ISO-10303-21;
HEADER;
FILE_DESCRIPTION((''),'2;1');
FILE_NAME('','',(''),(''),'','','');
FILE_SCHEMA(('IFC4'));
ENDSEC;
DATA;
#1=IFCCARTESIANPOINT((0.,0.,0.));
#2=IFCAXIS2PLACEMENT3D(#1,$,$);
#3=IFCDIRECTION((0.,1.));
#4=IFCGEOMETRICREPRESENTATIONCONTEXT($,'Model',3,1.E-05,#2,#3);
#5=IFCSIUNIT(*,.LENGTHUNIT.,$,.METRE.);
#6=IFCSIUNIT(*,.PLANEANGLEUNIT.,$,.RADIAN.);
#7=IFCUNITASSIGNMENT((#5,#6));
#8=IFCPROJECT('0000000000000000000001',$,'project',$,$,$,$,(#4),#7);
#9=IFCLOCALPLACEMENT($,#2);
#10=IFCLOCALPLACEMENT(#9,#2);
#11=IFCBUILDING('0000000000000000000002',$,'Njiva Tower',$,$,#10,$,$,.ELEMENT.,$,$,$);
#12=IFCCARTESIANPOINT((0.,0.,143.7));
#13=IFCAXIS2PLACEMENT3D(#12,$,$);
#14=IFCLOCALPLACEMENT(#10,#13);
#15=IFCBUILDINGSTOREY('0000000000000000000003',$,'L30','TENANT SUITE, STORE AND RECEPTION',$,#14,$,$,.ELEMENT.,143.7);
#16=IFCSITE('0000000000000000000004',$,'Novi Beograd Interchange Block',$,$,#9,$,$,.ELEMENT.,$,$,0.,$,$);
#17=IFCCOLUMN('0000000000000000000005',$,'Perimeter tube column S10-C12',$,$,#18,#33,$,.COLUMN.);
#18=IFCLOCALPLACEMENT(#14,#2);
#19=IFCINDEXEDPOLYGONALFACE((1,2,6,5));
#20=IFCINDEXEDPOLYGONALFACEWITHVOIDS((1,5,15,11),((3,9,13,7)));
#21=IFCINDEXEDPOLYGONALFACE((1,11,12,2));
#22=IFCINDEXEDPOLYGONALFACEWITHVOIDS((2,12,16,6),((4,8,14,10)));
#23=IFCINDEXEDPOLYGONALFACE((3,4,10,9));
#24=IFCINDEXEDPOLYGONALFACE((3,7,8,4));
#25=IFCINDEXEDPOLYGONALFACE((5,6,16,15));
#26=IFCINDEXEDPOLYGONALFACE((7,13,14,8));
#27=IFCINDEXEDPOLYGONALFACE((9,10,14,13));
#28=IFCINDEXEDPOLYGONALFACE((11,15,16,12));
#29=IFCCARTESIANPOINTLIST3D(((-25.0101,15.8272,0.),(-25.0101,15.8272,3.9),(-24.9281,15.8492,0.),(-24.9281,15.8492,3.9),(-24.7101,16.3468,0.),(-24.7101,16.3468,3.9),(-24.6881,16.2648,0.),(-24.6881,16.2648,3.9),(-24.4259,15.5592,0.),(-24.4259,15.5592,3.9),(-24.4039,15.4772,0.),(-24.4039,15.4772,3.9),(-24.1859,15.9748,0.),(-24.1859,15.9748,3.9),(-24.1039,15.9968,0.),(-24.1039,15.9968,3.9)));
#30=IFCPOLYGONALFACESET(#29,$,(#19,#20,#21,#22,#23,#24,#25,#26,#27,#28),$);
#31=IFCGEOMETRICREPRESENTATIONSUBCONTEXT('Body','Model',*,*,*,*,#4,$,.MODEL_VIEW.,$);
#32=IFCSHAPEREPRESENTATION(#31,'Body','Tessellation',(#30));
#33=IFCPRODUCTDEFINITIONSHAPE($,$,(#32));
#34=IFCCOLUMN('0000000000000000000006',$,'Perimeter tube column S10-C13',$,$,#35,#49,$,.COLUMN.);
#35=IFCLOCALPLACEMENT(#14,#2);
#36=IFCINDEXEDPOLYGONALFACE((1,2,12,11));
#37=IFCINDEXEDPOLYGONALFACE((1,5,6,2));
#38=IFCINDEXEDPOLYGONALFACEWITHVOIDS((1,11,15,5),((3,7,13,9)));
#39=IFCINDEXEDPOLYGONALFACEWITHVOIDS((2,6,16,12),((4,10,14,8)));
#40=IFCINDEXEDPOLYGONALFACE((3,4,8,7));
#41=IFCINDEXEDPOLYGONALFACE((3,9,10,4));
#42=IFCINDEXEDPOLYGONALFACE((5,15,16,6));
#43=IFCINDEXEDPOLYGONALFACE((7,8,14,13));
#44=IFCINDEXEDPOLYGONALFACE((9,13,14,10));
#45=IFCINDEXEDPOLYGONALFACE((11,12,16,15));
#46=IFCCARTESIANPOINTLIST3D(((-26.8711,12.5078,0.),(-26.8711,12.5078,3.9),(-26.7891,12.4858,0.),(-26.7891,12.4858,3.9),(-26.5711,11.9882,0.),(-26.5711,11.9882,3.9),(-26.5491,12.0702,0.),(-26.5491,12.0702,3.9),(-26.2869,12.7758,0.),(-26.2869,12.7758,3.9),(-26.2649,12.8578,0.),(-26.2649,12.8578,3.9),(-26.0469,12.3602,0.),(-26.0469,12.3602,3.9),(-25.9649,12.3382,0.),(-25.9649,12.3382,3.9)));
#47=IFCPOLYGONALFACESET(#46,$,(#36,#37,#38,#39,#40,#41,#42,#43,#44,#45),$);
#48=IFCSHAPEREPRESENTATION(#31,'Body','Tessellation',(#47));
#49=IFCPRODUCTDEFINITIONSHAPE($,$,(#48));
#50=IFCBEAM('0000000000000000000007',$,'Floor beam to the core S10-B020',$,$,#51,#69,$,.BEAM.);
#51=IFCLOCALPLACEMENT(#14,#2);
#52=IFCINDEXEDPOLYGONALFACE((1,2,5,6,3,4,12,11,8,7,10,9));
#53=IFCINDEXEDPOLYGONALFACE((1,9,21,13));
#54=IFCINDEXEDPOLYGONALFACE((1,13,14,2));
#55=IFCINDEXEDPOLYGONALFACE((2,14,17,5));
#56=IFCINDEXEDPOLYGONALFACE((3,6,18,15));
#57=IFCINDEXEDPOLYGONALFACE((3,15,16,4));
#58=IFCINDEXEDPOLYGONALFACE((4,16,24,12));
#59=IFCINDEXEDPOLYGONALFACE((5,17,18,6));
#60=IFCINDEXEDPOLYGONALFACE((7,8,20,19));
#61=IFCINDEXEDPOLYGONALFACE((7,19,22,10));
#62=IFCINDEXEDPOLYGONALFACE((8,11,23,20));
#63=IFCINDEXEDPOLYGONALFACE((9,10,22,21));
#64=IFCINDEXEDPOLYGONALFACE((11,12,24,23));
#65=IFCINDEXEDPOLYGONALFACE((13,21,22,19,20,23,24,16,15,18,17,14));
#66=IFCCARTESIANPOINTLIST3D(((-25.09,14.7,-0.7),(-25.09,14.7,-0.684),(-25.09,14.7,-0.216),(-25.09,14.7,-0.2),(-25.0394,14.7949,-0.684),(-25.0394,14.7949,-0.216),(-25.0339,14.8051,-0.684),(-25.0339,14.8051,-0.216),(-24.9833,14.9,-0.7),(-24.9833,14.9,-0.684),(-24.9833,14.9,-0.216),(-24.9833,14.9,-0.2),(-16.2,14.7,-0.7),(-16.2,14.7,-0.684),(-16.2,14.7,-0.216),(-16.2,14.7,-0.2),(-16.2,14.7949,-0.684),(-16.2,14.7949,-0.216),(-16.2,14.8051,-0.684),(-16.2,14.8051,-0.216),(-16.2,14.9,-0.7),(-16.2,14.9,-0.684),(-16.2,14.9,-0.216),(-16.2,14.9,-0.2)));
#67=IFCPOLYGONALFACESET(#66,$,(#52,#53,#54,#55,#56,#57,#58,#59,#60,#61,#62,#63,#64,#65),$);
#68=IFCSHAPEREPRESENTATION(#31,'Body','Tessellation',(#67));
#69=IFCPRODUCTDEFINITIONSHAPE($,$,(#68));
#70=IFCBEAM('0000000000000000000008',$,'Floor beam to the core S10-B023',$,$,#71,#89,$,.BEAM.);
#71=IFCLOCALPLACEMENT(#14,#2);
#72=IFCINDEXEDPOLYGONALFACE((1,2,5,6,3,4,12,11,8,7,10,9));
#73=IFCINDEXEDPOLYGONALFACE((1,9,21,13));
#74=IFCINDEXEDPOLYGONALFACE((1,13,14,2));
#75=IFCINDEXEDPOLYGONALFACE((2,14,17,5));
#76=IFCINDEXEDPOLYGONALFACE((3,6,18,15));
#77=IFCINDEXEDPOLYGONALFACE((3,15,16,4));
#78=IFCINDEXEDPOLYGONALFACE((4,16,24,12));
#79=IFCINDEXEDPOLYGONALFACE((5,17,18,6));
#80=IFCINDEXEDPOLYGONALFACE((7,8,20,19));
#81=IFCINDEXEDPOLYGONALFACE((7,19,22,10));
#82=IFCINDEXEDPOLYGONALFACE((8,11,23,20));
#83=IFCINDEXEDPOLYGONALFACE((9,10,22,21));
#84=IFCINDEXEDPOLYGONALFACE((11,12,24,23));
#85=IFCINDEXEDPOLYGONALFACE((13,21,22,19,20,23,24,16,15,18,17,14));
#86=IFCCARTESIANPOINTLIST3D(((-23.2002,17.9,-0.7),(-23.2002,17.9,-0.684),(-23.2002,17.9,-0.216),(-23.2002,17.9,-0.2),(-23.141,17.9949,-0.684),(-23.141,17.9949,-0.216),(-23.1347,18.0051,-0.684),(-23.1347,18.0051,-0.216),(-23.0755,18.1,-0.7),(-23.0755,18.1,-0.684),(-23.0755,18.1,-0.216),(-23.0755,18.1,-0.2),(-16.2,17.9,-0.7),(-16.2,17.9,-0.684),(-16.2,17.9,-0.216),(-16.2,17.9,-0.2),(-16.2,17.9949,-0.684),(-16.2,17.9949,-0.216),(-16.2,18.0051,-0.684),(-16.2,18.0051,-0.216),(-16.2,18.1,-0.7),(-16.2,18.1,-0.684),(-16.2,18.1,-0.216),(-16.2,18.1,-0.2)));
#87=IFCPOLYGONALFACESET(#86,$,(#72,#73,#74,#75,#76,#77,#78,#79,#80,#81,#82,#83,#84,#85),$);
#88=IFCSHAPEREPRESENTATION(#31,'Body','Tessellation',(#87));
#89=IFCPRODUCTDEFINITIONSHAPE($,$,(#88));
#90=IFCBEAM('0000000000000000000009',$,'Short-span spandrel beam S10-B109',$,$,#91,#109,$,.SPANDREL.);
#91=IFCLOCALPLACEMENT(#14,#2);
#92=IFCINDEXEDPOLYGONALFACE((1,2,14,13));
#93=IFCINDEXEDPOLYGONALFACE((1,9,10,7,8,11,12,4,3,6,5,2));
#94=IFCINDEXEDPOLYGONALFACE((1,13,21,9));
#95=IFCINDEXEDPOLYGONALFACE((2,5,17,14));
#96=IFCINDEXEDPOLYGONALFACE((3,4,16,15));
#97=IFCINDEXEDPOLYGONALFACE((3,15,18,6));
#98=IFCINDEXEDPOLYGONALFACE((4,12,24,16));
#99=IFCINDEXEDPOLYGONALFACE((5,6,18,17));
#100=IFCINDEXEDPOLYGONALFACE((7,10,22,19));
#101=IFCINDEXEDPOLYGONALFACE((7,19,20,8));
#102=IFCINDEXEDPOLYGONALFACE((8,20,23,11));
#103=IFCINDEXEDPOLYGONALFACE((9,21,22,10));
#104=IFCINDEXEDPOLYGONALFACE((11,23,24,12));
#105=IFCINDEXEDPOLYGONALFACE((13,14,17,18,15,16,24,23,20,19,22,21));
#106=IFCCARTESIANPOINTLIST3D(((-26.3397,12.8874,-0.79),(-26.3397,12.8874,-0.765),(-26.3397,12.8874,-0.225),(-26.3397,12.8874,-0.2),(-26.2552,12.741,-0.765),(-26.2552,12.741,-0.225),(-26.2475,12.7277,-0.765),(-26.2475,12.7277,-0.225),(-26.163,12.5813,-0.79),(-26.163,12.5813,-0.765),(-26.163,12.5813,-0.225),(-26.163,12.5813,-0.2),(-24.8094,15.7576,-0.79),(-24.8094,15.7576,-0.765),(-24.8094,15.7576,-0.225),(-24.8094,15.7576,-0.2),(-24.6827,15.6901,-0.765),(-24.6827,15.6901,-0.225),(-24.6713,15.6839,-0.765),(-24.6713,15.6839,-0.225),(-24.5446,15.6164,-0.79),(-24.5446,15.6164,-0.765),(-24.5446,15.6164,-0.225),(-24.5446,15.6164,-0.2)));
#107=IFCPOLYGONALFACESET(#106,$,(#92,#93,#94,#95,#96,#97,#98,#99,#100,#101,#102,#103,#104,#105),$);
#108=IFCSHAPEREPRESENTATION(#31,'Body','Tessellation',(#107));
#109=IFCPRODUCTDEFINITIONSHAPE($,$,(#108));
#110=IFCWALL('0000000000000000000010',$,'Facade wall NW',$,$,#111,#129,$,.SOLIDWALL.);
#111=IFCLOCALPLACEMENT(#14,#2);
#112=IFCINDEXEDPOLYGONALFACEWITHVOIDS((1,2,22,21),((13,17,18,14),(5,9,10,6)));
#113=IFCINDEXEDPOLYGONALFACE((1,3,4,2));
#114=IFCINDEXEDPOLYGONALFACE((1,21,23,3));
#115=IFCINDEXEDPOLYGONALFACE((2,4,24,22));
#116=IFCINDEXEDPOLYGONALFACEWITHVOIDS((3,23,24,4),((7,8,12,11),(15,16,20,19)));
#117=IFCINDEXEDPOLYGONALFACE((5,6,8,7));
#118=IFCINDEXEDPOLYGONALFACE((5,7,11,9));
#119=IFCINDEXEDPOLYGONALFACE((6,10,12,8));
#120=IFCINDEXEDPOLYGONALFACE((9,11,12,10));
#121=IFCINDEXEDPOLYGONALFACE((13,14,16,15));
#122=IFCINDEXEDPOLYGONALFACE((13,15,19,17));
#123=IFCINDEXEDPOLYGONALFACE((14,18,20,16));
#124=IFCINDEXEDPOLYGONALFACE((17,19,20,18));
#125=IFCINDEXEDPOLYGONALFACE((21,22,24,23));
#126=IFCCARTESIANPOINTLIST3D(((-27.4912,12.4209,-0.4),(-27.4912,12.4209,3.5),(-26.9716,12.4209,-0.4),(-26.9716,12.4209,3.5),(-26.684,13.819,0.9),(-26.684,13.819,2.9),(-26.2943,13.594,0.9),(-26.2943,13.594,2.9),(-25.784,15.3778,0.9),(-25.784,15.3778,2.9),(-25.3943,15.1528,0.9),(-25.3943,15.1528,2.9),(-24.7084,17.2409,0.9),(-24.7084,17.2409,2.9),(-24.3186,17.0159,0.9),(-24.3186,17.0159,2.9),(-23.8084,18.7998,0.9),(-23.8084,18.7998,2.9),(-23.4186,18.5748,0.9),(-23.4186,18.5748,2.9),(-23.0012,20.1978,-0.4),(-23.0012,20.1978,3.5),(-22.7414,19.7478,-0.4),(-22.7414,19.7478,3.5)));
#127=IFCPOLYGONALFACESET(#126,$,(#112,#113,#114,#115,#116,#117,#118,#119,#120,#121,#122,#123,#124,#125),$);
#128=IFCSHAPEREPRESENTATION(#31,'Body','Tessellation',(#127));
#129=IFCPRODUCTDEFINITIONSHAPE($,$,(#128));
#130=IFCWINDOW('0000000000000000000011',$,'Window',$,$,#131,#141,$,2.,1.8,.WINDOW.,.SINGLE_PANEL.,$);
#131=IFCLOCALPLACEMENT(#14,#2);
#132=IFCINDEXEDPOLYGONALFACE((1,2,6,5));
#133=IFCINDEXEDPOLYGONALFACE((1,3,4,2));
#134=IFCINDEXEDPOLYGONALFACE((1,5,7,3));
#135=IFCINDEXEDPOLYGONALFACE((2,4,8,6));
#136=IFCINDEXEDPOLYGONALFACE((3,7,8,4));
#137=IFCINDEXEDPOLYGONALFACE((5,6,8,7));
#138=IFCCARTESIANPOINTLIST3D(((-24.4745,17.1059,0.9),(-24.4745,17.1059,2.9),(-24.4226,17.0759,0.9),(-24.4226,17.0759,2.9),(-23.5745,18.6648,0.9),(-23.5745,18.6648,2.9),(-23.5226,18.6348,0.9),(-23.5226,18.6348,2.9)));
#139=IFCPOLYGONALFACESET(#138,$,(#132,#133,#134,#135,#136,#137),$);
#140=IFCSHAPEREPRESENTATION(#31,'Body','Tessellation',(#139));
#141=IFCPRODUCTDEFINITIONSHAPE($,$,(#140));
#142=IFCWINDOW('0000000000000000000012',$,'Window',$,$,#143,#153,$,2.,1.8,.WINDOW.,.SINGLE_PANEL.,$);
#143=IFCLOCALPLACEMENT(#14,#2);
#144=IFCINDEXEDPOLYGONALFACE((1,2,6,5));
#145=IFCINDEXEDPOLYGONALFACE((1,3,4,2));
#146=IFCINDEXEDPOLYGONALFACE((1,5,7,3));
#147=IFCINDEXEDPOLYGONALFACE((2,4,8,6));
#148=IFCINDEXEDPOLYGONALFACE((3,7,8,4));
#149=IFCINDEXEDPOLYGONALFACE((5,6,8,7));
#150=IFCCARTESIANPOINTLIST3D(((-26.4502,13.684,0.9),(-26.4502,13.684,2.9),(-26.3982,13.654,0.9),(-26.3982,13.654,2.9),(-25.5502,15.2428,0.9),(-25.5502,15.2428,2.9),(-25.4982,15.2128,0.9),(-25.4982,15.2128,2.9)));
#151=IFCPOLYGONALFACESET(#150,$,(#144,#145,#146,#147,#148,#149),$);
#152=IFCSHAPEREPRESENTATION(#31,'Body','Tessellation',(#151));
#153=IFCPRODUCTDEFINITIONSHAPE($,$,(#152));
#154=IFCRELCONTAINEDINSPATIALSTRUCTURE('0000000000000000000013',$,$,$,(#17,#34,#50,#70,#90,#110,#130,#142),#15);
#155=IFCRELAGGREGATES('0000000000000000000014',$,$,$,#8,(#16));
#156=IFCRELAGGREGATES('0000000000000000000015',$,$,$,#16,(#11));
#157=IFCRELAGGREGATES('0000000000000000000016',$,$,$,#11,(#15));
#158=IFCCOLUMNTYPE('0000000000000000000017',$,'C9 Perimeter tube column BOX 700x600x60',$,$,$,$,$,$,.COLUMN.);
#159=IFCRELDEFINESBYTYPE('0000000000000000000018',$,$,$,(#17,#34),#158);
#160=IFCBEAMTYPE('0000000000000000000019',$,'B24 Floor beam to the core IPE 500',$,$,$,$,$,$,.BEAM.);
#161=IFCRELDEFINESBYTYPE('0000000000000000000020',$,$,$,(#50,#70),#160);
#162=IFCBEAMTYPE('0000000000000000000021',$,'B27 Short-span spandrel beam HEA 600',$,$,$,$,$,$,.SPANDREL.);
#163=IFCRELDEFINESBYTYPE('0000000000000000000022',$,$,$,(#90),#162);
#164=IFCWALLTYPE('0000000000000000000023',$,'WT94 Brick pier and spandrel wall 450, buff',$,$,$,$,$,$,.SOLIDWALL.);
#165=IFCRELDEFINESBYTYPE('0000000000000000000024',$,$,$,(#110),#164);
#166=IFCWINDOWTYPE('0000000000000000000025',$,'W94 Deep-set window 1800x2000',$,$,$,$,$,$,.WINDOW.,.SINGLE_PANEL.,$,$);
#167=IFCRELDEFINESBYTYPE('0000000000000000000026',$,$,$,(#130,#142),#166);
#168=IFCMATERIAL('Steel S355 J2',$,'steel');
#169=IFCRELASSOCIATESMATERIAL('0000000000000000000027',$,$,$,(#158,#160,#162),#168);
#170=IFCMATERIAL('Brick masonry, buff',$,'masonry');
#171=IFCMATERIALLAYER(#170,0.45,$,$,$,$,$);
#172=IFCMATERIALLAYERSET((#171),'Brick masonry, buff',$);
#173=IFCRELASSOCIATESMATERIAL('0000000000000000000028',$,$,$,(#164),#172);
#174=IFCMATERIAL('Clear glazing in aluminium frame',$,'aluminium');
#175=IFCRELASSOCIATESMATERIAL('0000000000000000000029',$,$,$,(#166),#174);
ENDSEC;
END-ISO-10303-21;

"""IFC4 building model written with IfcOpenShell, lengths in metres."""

from ifc_helpers import new_model, si_unit, direction, frame, frame_2d, origin, origin_2d, place, context, subcontext, project, spatial, polyline, rectangle, hollow_rectangle, i_section, outline, extrude, clip, halfspace, material, layer, layer_set, material_profile, profile_set, type_object, element, fill, save


model = new_model("IFC4")

# Units and contexts
model_context = context("Model", 3, precision=1e-05, world=origin(), true_north=direction((0.0, 1.0)))
body_context = subcontext(model_context, "Body", "Model", "MODEL_VIEW")
ifc_project = project(units=[si_unit("LENGTHUNIT", "METRE"), si_unit("PLANEANGLEUNIT", "RADIAN")], contexts=[model_context])

# Site, building, storey
site_placement = place(None, origin())
site = spatial("IfcSite", under=ifc_project, at=site_placement, Name="Novi Beograd Interchange Block", CompositionType="ELEMENT", RefElevation=0.0)
building_placement = place(site_placement, origin())
building = spatial("IfcBuilding", under=site, at=building_placement, Name="Njiva Tower", CompositionType="ELEMENT")
storey_placement = place(building_placement, frame((0.0, 0.0, 143.7)))
storey = spatial("IfcBuildingStorey", under=building, at=storey_placement, Name="L30", Description="TENANT SUITE, STORE AND RECEPTION", CompositionType="ELEMENT", Elevation=143.7)

# Columns
ifc_material_1 = material(Name="Steel S355 J2", Category="steel")
ifc_material_profile_1 = material_profile(ifc_material_1, hollow_rectangle(XDim=0.6, YDim=0.7, WallThickness=0.06, at=origin_2d()), Name="BOX 700x600x60")
ifc_profile_set_1 = profile_set([ifc_material_profile_1], Name="Steel S355 J2")
column_type = type_object("IfcColumnType", Name="C9 Perimeter tube column BOX 700x600x60", PredefinedType="COLUMN", material=ifc_profile_set_1)
for number, where, z_axis, x_axis, name in (
    (1, (-24.557, 15.912, 0.0), (0.0, 0.0, 1.0), (-0.5, -0.866025, 0.0), "Perimeter tube column S10-C12"),
    (2, (-26.418, 12.423, 0.0), (0.0, 0.0, 1.0), (0.5, -0.866025, 0.0), "Perimeter tube column S10-C13"),
):
    element("IfcColumn", number, at=place(storey_placement, frame(where, z_axis=z_axis, x_axis=x_axis)), inside=storey, type_object=column_type, Name=name, PredefinedType="COLUMN", context=body_context, shape_type="SweptSolid", body=[
        extrude(hollow_rectangle(XDim=0.6, YDim=0.7, WallThickness=0.06, at=origin_2d()), origin(), (0.0, 0.0, 1.0), 3.9),
    ])

# Beams
ifc_material_profile_2 = material_profile(ifc_material_1, i_section(OverallWidth=0.2, OverallDepth=0.5, WebThickness=0.0102, FlangeThickness=0.016, at=origin_2d()), Name="IPE 500")
ifc_profile_set_2 = profile_set([ifc_material_profile_2], Name="Steel S355 J2")
beam_type_1 = type_object("IfcBeamType", Name="B24 Floor beam to the core IPE 500", PredefinedType="BEAM", material=ifc_profile_set_2)
beam_1_placement = place(storey_placement, frame((-25.11, 14.8, -0.45), z_axis=(1.0, 0.0, 0.0), x_axis=(0.0, 1.0, 0.0)))
element("IfcBeam", 3, at=beam_1_placement, inside=storey, type_object=beam_type_1, Name="Floor beam to the core S10-B020", PredefinedType="BEAM", context=body_context, shape_type="Clipping", body=[
    clip(extrude(i_section(OverallWidth=0.2, OverallDepth=0.5, WebThickness=0.0102, FlangeThickness=0.016, at=origin_2d()), origin(), (0.0, 0.0, 1.0), 8.91), halfspace(frame((0.0235, 0.0, 0.0859), z_axis=(0.470559, 0.0, -0.882368), x_axis=(0.0, -1.0, 0.0)), False)),
])
beam_2_placement = place(storey_placement, frame((-23.22, 18.0, -0.45), z_axis=(1.0, 0.0, 0.0), x_axis=(0.0, 1.0, 0.0)))
element("IfcBeam", 4, at=beam_2_placement, inside=storey, type_object=beam_type_1, Name="Floor beam to the core S10-B023", PredefinedType="BEAM", context=body_context, shape_type="Clipping", body=[
    clip(extrude(i_section(OverallWidth=0.2, OverallDepth=0.5, WebThickness=0.0102, FlangeThickness=0.016, at=origin_2d()), origin(), (0.0, 0.0, 1.0), 7.02), halfspace(frame((0.0264, 0.0, 0.0986), z_axis=(0.528871, 0.0, -0.848702), x_axis=(0.0, -1.0, 0.0)), False)),
])
ifc_material_profile_3 = material_profile(ifc_material_1, i_section(OverallWidth=0.3, OverallDepth=0.59, WebThickness=0.013, FlangeThickness=0.025, at=origin_2d()), Name="HEA 600")
ifc_profile_set_3 = profile_set([ifc_material_profile_3], Name="Steel S355 J2")
beam_type_2 = type_object("IfcBeamType", Name="B27 Short-span spandrel beam HEA 600", PredefinedType="SPANDREL", material=ifc_profile_set_3)
beam_3_placement = place(storey_placement, frame((-24.677, 15.687, -0.495), z_axis=(-0.470495, -0.882403, 0.0), x_axis=(0.882403, -0.470495, 0.0)))
element("IfcBeam", 5, at=beam_3_placement, inside=storey, type_object=beam_type_2, Name="Short-span spandrel beam S10-B109", PredefinedType="SPANDREL", context=body_context, shape_type="Clipping", body=[
    clip(extrude(i_section(OverallWidth=0.3, OverallDepth=0.59, WebThickness=0.013, FlangeThickness=0.025, at=origin_2d()), origin(), (0.0, 0.0, 1.0), 3.4584), halfspace(frame((-0.0266, 0.0, 3.3296), z_axis=(-0.528937, 0.0, 0.848661), x_axis=(0.0, 1.0, 0.0)), False)),
])

# Wall, openings, windows
ifc_material_2 = material(Name="Clear glazing in aluminium frame", Category="aluminium")
ifc_material_3 = material(Name="Brick masonry, buff", Category="masonry")
ifc_layer_1 = layer(ifc_material_3, 0.45)
ifc_layer_set_1 = layer_set([ifc_layer_1], Name="Brick masonry, buff")
wall_type_1 = type_object("IfcWallType", Name="WT94 Brick pier and spandrel wall 450, buff", PredefinedType="SOLIDWALL", material=ifc_layer_set_1)
wall_1_placement = place(storey_placement, frame((-22.8713, 19.9728, -0.4), z_axis=(0.0, 0.0, 1.0), x_axis=(-0.500001, -0.866025, 0.0)))
wall_1 = element("IfcWall", 6, at=wall_1_placement, inside=storey, type_object=wall_type_1, Name="Facade wall NW", PredefinedType="SOLIDWALL", context=body_context, shape_type="SweptSolid", body=[
    extrude(outline(polyline([(-0.1299, -0.225), (8.8501, -0.225), (8.5903, 0.225), (0.1299, 0.225), (-0.1299, -0.225)])), origin(), (0.0, 0.0, 1.0), 3.9),
])
opening_1_placement = place(wall_1_placement, frame((1.4844, 0.0, 1.3)))
opening_1 = element("IfcOpeningElement", 7, at=opening_1_placement, cuts=wall_1, PredefinedType="OPENING", context=body_context, shape_type="SweptSolid", body=[
    extrude(rectangle(XDim=1.8, YDim=2.0, at=frame_2d((0.9, 1.0))), frame((0.0, 0.235, 0.0), z_axis=(0.0, -1.0, 0.0), x_axis=(1.0, 0.0, 0.0)), (0.0, 0.0, 1.0), 0.47),
])
opening_2_placement = place(wall_1_placement, frame((5.4357, 0.0, 1.3)))
opening_2 = element("IfcOpeningElement", 8, at=opening_2_placement, cuts=wall_1, PredefinedType="OPENING", context=body_context, shape_type="SweptSolid", body=[
    extrude(rectangle(XDim=1.8, YDim=2.0, at=frame_2d((0.9, 1.0))), frame((0.0, 0.235, 0.0), z_axis=(0.0, -1.0, 0.0), x_axis=(1.0, 0.0, 0.0)), (0.0, 0.0, 1.0), 0.47),
])
window_type_1 = type_object("IfcWindowType", Name="W94 Deep-set window 1800x2000", PartitioningType="SINGLE_PANEL", PredefinedType="WINDOW", material=ifc_material_2)
window_1_placement = place(opening_1_placement, origin())
window_1 = element("IfcWindow", 9, at=window_1_placement, inside=storey, type_object=window_type_1, Name="Window", OverallHeight=2.0, OverallWidth=1.8, PartitioningType="SINGLE_PANEL", PredefinedType="WINDOW", context=body_context, shape_type="SweptSolid", body=[
    extrude(rectangle(XDim=1.8, YDim=2.0, at=frame_2d((0.9, 1.0))), frame((0.0, 0.105, 0.0), z_axis=(0.0, -1.0, 0.0), x_axis=(1.0, 0.0, 0.0)), (0.0, 0.0, 1.0), 0.06),
])
fill(opening_1, window_1)
window_2_placement = place(opening_2_placement, origin())
window_2 = element("IfcWindow", 10, at=window_2_placement, inside=storey, type_object=window_type_1, Name="Window", OverallHeight=2.0, OverallWidth=1.8, PartitioningType="SINGLE_PANEL", PredefinedType="WINDOW", context=body_context, shape_type="SweptSolid", body=[
    extrude(rectangle(XDim=1.8, YDim=2.0, at=frame_2d((0.9, 1.0))), frame((0.0, 0.105, 0.0), z_axis=(0.0, -1.0, 0.0), x_axis=(1.0, 0.0, 0.0)), (0.0, 0.0, 1.0), 0.06),
])
fill(opening_2, window_2)

save(model, "model.ifc")
